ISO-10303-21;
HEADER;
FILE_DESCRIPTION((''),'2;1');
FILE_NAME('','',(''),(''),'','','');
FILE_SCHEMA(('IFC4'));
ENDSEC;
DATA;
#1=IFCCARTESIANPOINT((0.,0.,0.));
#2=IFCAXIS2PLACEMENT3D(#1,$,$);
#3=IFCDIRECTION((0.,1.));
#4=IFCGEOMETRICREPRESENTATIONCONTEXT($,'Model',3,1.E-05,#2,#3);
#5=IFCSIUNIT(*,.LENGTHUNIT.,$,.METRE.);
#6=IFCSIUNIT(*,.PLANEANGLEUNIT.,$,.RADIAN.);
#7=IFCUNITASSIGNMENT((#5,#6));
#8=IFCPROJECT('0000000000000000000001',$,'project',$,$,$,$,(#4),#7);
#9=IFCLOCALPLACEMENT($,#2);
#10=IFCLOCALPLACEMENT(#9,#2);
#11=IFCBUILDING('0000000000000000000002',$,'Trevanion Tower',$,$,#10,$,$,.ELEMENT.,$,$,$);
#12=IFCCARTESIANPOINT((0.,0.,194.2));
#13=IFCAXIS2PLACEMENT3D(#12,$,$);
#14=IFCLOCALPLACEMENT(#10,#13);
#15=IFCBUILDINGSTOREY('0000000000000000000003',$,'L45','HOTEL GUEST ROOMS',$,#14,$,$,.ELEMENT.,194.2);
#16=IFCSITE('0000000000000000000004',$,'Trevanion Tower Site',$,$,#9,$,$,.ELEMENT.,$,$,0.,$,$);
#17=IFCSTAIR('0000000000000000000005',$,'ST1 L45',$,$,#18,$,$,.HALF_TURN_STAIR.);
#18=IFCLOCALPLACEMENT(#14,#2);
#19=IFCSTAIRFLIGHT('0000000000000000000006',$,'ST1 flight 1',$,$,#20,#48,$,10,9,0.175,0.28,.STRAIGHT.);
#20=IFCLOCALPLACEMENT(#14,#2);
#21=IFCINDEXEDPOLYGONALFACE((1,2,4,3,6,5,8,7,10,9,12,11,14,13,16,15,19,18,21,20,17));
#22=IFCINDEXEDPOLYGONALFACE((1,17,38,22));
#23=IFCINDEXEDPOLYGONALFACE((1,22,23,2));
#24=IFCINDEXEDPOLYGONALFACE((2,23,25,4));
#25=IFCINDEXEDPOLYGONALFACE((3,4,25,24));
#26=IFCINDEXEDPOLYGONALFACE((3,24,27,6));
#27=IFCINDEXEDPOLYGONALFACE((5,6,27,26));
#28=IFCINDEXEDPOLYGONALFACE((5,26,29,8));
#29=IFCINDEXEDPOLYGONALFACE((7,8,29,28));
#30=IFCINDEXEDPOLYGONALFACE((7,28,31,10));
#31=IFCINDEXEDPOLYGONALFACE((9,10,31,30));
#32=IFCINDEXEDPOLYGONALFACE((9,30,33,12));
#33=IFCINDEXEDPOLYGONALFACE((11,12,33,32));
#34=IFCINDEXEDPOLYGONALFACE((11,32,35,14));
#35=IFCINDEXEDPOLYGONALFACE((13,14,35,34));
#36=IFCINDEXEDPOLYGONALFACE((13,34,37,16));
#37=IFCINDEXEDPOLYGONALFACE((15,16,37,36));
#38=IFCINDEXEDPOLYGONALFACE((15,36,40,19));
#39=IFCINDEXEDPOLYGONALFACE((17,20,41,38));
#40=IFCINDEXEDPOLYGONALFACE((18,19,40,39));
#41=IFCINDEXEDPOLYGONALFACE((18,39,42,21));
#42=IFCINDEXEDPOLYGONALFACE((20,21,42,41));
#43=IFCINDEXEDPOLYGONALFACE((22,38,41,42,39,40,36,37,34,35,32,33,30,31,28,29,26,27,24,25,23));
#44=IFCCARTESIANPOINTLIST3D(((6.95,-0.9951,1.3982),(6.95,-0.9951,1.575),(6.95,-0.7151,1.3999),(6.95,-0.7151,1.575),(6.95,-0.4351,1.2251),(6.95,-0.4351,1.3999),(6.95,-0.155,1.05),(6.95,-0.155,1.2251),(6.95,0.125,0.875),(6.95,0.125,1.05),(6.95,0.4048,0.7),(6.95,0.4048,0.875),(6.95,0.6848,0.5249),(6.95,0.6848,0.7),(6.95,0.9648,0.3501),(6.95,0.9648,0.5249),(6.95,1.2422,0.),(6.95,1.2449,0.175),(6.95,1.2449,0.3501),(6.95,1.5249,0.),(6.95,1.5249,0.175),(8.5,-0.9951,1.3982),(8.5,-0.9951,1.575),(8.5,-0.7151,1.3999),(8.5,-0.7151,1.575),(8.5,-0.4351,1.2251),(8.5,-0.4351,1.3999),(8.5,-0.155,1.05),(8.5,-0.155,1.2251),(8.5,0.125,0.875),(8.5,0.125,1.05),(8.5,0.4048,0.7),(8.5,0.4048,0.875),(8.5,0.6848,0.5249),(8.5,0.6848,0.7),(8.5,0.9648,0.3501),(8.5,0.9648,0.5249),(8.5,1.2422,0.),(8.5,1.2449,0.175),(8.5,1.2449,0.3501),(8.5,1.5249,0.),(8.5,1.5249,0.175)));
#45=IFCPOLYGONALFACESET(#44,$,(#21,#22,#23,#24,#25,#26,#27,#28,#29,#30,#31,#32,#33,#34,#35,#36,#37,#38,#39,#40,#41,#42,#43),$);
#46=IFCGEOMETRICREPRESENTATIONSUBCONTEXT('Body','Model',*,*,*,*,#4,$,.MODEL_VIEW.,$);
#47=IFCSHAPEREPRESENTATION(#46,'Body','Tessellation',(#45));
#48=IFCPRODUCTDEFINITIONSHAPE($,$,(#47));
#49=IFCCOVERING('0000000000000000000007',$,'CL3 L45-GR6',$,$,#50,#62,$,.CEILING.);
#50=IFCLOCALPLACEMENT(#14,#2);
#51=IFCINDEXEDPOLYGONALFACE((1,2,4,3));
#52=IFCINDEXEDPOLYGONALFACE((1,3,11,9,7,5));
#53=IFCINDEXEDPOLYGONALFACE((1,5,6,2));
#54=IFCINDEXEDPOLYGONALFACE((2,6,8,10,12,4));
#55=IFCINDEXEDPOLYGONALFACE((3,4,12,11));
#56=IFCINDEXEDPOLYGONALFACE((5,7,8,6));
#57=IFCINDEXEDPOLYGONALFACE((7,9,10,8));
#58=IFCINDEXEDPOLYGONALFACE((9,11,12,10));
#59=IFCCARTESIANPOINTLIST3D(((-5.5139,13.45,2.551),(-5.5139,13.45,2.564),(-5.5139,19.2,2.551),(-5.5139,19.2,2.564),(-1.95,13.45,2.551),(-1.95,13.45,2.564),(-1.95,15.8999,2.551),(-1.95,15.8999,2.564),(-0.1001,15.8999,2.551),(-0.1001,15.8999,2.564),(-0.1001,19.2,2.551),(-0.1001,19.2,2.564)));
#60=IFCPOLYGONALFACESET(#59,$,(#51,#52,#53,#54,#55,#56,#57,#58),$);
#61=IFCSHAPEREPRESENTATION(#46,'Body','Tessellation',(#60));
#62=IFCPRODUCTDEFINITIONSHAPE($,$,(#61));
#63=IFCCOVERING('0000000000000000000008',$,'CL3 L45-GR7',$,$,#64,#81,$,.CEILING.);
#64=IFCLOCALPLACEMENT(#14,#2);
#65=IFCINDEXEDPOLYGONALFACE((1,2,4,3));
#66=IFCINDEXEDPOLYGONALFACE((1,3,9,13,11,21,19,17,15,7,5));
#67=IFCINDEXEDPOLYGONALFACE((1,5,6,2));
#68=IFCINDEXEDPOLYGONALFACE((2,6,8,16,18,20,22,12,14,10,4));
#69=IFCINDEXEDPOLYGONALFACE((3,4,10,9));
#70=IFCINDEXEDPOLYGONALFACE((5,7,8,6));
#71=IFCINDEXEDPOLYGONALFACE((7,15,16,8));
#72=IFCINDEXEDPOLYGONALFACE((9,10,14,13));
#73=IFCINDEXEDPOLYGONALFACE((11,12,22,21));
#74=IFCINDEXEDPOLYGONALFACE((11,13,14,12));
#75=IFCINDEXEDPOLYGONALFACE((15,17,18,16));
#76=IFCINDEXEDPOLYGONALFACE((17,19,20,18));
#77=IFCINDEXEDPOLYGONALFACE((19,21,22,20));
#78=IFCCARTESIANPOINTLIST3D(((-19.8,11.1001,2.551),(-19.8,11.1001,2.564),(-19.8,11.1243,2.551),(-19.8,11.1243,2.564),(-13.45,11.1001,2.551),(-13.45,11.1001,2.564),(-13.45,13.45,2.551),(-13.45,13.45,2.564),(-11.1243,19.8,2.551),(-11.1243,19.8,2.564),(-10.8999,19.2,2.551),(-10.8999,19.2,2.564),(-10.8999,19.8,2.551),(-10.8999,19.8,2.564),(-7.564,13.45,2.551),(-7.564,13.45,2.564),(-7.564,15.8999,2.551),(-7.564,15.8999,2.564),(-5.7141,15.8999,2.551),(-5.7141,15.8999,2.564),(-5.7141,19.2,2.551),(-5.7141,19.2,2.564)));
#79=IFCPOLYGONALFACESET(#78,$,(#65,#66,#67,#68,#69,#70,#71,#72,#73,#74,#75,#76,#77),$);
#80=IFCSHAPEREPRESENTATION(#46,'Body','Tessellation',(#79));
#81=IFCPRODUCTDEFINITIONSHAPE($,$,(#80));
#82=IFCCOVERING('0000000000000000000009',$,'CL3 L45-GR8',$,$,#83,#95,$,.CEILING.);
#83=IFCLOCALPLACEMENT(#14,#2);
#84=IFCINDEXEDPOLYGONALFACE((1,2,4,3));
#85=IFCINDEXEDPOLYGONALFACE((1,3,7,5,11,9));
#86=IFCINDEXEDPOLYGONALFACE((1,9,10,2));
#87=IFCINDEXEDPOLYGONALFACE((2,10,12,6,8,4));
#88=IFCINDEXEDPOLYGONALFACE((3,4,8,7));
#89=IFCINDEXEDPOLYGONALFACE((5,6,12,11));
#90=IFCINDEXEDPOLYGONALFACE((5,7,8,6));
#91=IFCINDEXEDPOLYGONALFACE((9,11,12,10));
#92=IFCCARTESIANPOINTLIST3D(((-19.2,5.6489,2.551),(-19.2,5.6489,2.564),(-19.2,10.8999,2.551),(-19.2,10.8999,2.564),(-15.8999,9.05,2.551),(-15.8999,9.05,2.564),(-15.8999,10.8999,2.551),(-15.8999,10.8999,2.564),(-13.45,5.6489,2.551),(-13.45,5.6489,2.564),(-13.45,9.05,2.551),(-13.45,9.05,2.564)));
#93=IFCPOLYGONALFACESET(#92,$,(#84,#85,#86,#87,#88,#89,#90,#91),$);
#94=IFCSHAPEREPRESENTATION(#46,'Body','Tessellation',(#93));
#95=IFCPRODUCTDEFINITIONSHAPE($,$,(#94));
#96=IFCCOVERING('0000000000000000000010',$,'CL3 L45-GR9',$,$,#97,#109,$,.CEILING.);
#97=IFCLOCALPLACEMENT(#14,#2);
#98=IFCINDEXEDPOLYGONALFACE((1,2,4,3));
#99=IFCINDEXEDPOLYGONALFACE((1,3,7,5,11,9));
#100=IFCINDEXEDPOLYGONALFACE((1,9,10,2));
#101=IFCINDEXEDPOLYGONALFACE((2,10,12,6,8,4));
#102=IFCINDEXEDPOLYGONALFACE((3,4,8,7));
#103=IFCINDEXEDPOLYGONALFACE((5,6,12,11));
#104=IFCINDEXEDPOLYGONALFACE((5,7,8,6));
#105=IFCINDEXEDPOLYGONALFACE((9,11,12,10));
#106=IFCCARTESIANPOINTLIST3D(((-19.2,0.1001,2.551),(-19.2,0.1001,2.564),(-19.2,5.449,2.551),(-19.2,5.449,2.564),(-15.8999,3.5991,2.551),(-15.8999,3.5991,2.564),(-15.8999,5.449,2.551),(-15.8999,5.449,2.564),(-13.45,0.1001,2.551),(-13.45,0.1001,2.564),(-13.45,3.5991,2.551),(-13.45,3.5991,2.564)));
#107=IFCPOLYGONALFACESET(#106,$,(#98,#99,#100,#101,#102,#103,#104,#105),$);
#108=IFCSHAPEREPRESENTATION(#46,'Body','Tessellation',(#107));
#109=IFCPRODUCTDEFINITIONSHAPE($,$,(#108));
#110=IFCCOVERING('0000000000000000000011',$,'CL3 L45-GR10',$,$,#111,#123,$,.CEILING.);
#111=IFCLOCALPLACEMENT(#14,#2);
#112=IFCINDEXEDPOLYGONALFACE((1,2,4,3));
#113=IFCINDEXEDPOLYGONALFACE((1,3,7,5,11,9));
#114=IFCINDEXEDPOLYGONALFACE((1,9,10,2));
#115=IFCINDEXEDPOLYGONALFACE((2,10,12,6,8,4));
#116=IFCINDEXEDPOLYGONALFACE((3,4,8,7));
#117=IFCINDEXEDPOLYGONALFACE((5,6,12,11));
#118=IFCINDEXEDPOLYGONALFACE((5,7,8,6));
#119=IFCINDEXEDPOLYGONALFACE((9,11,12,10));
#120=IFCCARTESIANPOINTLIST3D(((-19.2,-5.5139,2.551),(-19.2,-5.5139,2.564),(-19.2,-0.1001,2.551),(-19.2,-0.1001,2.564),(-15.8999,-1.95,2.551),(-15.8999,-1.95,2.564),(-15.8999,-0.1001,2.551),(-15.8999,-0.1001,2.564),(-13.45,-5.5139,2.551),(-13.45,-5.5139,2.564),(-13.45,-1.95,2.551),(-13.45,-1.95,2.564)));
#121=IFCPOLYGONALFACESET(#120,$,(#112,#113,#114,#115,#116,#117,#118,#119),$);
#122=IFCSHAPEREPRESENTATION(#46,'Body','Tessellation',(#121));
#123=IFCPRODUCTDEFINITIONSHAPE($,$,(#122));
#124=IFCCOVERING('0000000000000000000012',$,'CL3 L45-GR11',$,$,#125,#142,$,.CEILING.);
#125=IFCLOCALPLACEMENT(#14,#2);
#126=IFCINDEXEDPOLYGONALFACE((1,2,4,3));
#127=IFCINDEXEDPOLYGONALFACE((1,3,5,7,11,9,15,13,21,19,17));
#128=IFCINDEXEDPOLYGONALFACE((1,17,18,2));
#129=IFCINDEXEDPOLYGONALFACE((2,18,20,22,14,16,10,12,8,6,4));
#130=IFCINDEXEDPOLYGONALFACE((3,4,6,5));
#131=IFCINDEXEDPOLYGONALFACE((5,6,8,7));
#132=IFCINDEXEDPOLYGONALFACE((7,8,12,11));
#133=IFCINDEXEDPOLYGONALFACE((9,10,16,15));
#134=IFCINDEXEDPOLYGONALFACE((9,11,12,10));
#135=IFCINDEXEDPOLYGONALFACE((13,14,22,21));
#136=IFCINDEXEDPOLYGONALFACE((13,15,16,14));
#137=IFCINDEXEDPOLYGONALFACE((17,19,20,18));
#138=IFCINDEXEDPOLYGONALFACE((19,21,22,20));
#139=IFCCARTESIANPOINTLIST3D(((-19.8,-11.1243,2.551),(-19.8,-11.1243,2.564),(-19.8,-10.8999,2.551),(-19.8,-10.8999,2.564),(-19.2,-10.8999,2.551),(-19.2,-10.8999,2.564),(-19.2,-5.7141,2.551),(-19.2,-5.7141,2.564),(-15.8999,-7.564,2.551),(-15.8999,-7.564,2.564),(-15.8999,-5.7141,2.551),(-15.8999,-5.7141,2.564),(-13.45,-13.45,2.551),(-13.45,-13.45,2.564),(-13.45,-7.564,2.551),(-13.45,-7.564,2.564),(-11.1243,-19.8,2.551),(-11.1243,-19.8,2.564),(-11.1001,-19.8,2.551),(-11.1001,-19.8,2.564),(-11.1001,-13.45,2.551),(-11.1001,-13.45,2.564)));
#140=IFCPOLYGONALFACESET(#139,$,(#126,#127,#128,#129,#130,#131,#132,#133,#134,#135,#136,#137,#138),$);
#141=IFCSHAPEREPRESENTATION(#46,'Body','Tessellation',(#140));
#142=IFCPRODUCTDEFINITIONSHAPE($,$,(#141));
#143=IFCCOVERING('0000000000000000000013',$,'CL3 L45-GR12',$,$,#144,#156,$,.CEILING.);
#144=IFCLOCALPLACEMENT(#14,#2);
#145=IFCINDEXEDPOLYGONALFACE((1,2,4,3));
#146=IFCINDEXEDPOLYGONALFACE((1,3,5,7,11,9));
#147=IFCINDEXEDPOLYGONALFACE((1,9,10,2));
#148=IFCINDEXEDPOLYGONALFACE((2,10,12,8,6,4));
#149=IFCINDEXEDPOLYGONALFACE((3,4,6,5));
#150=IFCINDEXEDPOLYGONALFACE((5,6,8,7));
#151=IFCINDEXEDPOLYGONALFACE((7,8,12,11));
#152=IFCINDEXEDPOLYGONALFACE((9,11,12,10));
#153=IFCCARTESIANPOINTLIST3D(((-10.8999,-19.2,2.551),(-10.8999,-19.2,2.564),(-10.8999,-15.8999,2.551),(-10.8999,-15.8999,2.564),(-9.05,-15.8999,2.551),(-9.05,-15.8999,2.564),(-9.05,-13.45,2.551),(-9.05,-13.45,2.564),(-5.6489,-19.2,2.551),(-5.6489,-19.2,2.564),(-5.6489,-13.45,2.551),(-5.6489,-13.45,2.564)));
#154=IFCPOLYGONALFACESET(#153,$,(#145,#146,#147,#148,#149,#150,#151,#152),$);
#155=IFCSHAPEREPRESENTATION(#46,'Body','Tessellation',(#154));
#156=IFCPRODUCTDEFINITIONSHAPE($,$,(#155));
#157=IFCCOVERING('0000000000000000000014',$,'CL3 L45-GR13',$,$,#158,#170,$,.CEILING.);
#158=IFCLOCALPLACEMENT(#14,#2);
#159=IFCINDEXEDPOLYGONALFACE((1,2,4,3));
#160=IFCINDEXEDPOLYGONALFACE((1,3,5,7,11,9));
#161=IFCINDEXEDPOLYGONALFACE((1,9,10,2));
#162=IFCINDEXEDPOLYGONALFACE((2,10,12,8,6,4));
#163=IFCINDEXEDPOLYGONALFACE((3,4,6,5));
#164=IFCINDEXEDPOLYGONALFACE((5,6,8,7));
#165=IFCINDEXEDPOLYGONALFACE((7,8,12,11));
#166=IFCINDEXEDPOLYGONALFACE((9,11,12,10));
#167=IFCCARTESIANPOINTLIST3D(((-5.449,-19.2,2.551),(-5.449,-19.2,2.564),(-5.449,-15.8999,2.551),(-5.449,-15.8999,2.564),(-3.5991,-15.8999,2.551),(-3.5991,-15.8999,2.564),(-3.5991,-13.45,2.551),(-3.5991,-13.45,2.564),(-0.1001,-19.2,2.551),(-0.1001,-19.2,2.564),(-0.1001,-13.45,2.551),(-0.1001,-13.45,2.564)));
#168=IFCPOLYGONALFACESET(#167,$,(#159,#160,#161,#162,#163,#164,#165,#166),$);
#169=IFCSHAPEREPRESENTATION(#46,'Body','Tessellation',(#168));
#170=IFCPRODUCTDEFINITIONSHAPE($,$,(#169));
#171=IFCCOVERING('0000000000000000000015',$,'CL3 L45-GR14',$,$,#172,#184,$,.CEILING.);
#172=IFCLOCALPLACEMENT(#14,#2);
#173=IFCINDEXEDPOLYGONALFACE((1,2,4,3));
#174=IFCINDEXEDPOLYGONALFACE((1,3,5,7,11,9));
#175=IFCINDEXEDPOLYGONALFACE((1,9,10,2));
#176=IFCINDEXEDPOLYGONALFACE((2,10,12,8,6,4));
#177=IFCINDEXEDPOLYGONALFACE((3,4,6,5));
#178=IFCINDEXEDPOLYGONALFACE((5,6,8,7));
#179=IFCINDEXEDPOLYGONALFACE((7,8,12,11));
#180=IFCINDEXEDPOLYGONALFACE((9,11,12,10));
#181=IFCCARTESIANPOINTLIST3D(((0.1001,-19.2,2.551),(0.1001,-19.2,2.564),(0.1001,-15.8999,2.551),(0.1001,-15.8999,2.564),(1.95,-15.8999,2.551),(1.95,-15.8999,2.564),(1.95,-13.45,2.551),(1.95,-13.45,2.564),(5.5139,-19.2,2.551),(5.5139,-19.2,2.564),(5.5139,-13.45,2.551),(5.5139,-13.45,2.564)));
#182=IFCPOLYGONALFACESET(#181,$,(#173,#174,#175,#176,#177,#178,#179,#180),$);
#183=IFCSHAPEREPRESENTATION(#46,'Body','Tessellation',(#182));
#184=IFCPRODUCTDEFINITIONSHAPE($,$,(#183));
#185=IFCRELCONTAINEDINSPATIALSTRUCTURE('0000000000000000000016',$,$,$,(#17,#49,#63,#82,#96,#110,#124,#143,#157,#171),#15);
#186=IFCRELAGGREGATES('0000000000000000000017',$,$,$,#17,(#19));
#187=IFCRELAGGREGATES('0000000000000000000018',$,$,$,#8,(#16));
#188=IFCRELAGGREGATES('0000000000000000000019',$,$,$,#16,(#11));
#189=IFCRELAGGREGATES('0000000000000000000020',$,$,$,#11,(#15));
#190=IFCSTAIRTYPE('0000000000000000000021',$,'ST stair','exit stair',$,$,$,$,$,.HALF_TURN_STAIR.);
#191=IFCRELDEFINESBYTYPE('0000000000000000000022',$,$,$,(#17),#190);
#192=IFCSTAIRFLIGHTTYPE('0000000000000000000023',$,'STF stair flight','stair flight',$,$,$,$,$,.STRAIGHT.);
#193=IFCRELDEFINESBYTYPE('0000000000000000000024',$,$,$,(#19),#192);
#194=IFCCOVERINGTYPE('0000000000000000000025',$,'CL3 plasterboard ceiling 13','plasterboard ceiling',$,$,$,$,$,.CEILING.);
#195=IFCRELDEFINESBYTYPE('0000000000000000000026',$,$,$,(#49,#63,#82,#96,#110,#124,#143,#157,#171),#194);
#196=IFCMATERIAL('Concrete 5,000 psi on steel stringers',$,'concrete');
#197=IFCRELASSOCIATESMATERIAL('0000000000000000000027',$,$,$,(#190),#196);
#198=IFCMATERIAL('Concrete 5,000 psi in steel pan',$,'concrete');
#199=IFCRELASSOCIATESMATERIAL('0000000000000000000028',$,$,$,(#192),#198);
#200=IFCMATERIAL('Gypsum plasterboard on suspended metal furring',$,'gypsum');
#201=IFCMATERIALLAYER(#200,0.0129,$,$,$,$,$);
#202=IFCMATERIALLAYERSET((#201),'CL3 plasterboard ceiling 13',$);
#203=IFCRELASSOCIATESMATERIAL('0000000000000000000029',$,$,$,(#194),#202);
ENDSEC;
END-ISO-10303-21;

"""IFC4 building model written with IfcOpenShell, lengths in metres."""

from ifc_helpers import new_model, si_unit, direction, frame, origin, place, context, subcontext, project, spatial, polyline, outline, extrude, material, layer, layer_set, type_object, element, aggregate, save


model = new_model("IFC4")

# Units and contexts
model_context = context("Model", 3, precision=1e-05, world=origin(), true_north=direction((0.0, 1.0)))
body_context = subcontext(model_context, "Body", "Model", "MODEL_VIEW")
ifc_project = project(units=[si_unit("LENGTHUNIT", "METRE"), si_unit("PLANEANGLEUNIT", "RADIAN")], contexts=[model_context])

# Site, building, storey
site_placement = place(None, origin())
site = spatial("IfcSite", under=ifc_project, at=site_placement, Name="Trevanion Tower Site", CompositionType="ELEMENT", RefElevation=0.0)
building_placement = place(site_placement, origin())
building = spatial("IfcBuilding", under=site, at=building_placement, Name="Trevanion Tower", CompositionType="ELEMENT")
storey_placement = place(building_placement, frame((0.0, 0.0, 194.2)))
storey = spatial("IfcBuildingStorey", under=building, at=storey_placement, Name="L45", Description="HOTEL GUEST ROOMS", CompositionType="ELEMENT", Elevation=194.2)

# Stair, stair flight
ifc_material_1 = material(Name="Concrete 5,000 psi on steel stringers", Category="concrete")
stair_type = type_object("IfcStairType", Name="ST stair", Description="exit stair", PredefinedType="HALF_TURN_STAIR", material=ifc_material_1)
stair_placement = place(storey_placement, origin())
stair = element("IfcStair", 1, at=stair_placement, inside=storey, type_object=stair_type, Name="ST1 L45", PredefinedType="HALF_TURN_STAIR")
ifc_material_2 = material(Name="Concrete 5,000 psi in steel pan", Category="concrete")
stair_flight_type = type_object("IfcStairFlightType", Name="STF stair flight", Description="stair flight", PredefinedType="STRAIGHT", material=ifc_material_2)
stair_flight_placement = place(storey_placement, frame((7.7251, 1.5249, 0.0), z_axis=(0.0, 0.0, 1.0), x_axis=(0.0, -1.0, 0.0)))
stair_flight = element("IfcStairFlight", 2, at=stair_flight_placement, type_object=stair_flight_type, Name="ST1 flight 1", NumberOfRisers=10, NumberOfTreads=9, PredefinedType="STRAIGHT", RiserHeight=0.175, TreadLength=0.28, context=body_context, shape_type="SweptSolid", body=[
    extrude(outline(polyline([(0.0, 0.0), (0.0, 0.175), (0.28, 0.175), (0.28, 0.3501), (0.5601, 0.3501), (0.5601, 0.5249), (0.8401, 0.5249), (0.8401, 0.7), (1.1201, 0.7), (1.1201, 0.875), (1.3999, 0.875), (1.3999, 1.05), (1.6799, 1.05), (1.6799, 1.2251), (1.96, 1.2251), (1.96, 1.3999), (2.24, 1.3999), (2.24, 1.575), (2.52, 1.575), (2.52, 1.75), (2.52, 1.3982), (0.2827, 0.0), (0.0, 0.0)])), frame((0.0, 0.7749, 0.0), z_axis=(0.0, -1.0, 0.0), x_axis=(1.0, 0.0, 0.0)), (0.0, 0.0, 1.0), 1.55),
])
aggregate(stair, [stair_flight])

# Coverings
ifc_material_3 = material(Name="Gypsum plasterboard on suspended metal furring", Category="gypsum")
ifc_layer_1 = layer(ifc_material_3, 0.0129)
ifc_layer_set_1 = layer_set([ifc_layer_1], Name="CL3 plasterboard ceiling 13")
covering_type_1 = type_object("IfcCoveringType", Name="CL3 plasterboard ceiling 13", Description="plasterboard ceiling", PredefinedType="CEILING", material=ifc_layer_set_1)
covering_1_placement = place(storey_placement, frame((0.0, 0.0, 2.551)))
element("IfcCovering", 3, at=covering_1_placement, inside=storey, type_object=covering_type_1, Name="CL3 L45-GR6", PredefinedType="CEILING", context=body_context, shape_type="SweptSolid", body=[
    extrude(outline(polyline([(-5.5139, 13.45), (-5.5139, 19.2), (-0.1001, 19.2), (-0.1001, 15.8999), (-1.95, 15.8999), (-1.95, 13.45), (-5.5139, 13.45)])), origin(), (0.0, 0.0, 1.0), 0.0129),
])
covering_2_placement = place(storey_placement, frame((0.0, 0.0, 2.551)))
element("IfcCovering", 4, at=covering_2_placement, inside=storey, type_object=covering_type_1, Name="CL3 L45-GR7", PredefinedType="CEILING", context=body_context, shape_type="SweptSolid", body=[
    extrude(outline(polyline([(-13.45, 11.1001), (-19.8, 11.1001), (-19.8, 11.1243), (-11.1243, 19.8), (-10.8999, 19.8), (-10.8999, 19.2), (-5.7141, 19.2), (-5.7141, 15.8999), (-7.564, 15.8999), (-7.564, 13.45), (-13.45, 13.45), (-13.45, 11.1001)])), origin(), (0.0, 0.0, 1.0), 0.0129),
])
covering_3_placement = place(storey_placement, frame((0.0, 0.0, 2.551)))
element("IfcCovering", 5, at=covering_3_placement, inside=storey, type_object=covering_type_1, Name="CL3 L45-GR8", PredefinedType="CEILING", context=body_context, shape_type="SweptSolid", body=[
    extrude(outline(polyline([(-13.45, 5.6489), (-19.2, 5.6489), (-19.2, 10.8999), (-15.8999, 10.8999), (-15.8999, 9.05), (-13.45, 9.05), (-13.45, 5.6489)])), origin(), (0.0, 0.0, 1.0), 0.0129),
])
covering_4_placement = place(storey_placement, frame((0.0, 0.0, 2.551)))
element("IfcCovering", 6, at=covering_4_placement, inside=storey, type_object=covering_type_1, Name="CL3 L45-GR9", PredefinedType="CEILING", context=body_context, shape_type="SweptSolid", body=[
    extrude(outline(polyline([(-13.45, 0.1001), (-19.2, 0.1001), (-19.2, 5.449), (-15.8999, 5.449), (-15.8999, 3.5991), (-13.45, 3.5991), (-13.45, 0.1001)])), origin(), (0.0, 0.0, 1.0), 0.0129),
])
covering_5_placement = place(storey_placement, frame((0.0, 0.0, 2.551)))
element("IfcCovering", 7, at=covering_5_placement, inside=storey, type_object=covering_type_1, Name="CL3 L45-GR10", PredefinedType="CEILING", context=body_context, shape_type="SweptSolid", body=[
    extrude(outline(polyline([(-13.45, -5.5139), (-19.2, -5.5139), (-19.2, -0.1001), (-15.8999, -0.1001), (-15.8999, -1.95), (-13.45, -1.95), (-13.45, -5.5139)])), origin(), (0.0, 0.0, 1.0), 0.0129),
])
covering_6_placement = place(storey_placement, frame((0.0, 0.0, 2.551)))
element("IfcCovering", 8, at=covering_6_placement, inside=storey, type_object=covering_type_1, Name="CL3 L45-GR11", PredefinedType="CEILING", context=body_context, shape_type="SweptSolid", body=[
    extrude(outline(polyline([(-11.1001, -13.45), (-11.1001, -19.8), (-11.1243, -19.8), (-19.8, -11.1243), (-19.8, -10.8999), (-19.2, -10.8999), (-19.2, -5.7141), (-15.8999, -5.7141), (-15.8999, -7.564), (-13.45, -7.564), (-13.45, -13.45), (-11.1001, -13.45)])), origin(), (0.0, 0.0, 1.0), 0.0129),
])
covering_7_placement = place(storey_placement, frame((0.0, 0.0, 2.551)))
element("IfcCovering", 9, at=covering_7_placement, inside=storey, type_object=covering_type_1, Name="CL3 L45-GR12", PredefinedType="CEILING", context=body_context, shape_type="SweptSolid", body=[
    extrude(outline(polyline([(-5.6489, -13.45), (-5.6489, -19.2), (-10.8999, -19.2), (-10.8999, -15.8999), (-9.05, -15.8999), (-9.05, -13.45), (-5.6489, -13.45)])), origin(), (0.0, 0.0, 1.0), 0.0129),
])
covering_8_placement = place(storey_placement, frame((0.0, 0.0, 2.551)))
element("IfcCovering", 10, at=covering_8_placement, inside=storey, type_object=covering_type_1, Name="CL3 L45-GR13", PredefinedType="CEILING", context=body_context, shape_type="SweptSolid", body=[
    extrude(outline(polyline([(-0.1001, -13.45), (-0.1001, -19.2), (-5.449, -19.2), (-5.449, -15.8999), (-3.5991, -15.8999), (-3.5991, -13.45), (-0.1001, -13.45)])), origin(), (0.0, 0.0, 1.0), 0.0129),
])
covering_9_placement = place(storey_placement, frame((0.0, 0.0, 2.551)))
element("IfcCovering", 11, at=covering_9_placement, inside=storey, type_object=covering_type_1, Name="CL3 L45-GR14", PredefinedType="CEILING", context=body_context, shape_type="SweptSolid", body=[
    extrude(outline(polyline([(5.5139, -13.45), (5.5139, -19.2), (0.1001, -19.2), (0.1001, -15.8999), (1.95, -15.8999), (1.95, -13.45), (5.5139, -13.45)])), origin(), (0.0, 0.0, 1.0), 0.0129),
])

save(model, "model.ifc")
